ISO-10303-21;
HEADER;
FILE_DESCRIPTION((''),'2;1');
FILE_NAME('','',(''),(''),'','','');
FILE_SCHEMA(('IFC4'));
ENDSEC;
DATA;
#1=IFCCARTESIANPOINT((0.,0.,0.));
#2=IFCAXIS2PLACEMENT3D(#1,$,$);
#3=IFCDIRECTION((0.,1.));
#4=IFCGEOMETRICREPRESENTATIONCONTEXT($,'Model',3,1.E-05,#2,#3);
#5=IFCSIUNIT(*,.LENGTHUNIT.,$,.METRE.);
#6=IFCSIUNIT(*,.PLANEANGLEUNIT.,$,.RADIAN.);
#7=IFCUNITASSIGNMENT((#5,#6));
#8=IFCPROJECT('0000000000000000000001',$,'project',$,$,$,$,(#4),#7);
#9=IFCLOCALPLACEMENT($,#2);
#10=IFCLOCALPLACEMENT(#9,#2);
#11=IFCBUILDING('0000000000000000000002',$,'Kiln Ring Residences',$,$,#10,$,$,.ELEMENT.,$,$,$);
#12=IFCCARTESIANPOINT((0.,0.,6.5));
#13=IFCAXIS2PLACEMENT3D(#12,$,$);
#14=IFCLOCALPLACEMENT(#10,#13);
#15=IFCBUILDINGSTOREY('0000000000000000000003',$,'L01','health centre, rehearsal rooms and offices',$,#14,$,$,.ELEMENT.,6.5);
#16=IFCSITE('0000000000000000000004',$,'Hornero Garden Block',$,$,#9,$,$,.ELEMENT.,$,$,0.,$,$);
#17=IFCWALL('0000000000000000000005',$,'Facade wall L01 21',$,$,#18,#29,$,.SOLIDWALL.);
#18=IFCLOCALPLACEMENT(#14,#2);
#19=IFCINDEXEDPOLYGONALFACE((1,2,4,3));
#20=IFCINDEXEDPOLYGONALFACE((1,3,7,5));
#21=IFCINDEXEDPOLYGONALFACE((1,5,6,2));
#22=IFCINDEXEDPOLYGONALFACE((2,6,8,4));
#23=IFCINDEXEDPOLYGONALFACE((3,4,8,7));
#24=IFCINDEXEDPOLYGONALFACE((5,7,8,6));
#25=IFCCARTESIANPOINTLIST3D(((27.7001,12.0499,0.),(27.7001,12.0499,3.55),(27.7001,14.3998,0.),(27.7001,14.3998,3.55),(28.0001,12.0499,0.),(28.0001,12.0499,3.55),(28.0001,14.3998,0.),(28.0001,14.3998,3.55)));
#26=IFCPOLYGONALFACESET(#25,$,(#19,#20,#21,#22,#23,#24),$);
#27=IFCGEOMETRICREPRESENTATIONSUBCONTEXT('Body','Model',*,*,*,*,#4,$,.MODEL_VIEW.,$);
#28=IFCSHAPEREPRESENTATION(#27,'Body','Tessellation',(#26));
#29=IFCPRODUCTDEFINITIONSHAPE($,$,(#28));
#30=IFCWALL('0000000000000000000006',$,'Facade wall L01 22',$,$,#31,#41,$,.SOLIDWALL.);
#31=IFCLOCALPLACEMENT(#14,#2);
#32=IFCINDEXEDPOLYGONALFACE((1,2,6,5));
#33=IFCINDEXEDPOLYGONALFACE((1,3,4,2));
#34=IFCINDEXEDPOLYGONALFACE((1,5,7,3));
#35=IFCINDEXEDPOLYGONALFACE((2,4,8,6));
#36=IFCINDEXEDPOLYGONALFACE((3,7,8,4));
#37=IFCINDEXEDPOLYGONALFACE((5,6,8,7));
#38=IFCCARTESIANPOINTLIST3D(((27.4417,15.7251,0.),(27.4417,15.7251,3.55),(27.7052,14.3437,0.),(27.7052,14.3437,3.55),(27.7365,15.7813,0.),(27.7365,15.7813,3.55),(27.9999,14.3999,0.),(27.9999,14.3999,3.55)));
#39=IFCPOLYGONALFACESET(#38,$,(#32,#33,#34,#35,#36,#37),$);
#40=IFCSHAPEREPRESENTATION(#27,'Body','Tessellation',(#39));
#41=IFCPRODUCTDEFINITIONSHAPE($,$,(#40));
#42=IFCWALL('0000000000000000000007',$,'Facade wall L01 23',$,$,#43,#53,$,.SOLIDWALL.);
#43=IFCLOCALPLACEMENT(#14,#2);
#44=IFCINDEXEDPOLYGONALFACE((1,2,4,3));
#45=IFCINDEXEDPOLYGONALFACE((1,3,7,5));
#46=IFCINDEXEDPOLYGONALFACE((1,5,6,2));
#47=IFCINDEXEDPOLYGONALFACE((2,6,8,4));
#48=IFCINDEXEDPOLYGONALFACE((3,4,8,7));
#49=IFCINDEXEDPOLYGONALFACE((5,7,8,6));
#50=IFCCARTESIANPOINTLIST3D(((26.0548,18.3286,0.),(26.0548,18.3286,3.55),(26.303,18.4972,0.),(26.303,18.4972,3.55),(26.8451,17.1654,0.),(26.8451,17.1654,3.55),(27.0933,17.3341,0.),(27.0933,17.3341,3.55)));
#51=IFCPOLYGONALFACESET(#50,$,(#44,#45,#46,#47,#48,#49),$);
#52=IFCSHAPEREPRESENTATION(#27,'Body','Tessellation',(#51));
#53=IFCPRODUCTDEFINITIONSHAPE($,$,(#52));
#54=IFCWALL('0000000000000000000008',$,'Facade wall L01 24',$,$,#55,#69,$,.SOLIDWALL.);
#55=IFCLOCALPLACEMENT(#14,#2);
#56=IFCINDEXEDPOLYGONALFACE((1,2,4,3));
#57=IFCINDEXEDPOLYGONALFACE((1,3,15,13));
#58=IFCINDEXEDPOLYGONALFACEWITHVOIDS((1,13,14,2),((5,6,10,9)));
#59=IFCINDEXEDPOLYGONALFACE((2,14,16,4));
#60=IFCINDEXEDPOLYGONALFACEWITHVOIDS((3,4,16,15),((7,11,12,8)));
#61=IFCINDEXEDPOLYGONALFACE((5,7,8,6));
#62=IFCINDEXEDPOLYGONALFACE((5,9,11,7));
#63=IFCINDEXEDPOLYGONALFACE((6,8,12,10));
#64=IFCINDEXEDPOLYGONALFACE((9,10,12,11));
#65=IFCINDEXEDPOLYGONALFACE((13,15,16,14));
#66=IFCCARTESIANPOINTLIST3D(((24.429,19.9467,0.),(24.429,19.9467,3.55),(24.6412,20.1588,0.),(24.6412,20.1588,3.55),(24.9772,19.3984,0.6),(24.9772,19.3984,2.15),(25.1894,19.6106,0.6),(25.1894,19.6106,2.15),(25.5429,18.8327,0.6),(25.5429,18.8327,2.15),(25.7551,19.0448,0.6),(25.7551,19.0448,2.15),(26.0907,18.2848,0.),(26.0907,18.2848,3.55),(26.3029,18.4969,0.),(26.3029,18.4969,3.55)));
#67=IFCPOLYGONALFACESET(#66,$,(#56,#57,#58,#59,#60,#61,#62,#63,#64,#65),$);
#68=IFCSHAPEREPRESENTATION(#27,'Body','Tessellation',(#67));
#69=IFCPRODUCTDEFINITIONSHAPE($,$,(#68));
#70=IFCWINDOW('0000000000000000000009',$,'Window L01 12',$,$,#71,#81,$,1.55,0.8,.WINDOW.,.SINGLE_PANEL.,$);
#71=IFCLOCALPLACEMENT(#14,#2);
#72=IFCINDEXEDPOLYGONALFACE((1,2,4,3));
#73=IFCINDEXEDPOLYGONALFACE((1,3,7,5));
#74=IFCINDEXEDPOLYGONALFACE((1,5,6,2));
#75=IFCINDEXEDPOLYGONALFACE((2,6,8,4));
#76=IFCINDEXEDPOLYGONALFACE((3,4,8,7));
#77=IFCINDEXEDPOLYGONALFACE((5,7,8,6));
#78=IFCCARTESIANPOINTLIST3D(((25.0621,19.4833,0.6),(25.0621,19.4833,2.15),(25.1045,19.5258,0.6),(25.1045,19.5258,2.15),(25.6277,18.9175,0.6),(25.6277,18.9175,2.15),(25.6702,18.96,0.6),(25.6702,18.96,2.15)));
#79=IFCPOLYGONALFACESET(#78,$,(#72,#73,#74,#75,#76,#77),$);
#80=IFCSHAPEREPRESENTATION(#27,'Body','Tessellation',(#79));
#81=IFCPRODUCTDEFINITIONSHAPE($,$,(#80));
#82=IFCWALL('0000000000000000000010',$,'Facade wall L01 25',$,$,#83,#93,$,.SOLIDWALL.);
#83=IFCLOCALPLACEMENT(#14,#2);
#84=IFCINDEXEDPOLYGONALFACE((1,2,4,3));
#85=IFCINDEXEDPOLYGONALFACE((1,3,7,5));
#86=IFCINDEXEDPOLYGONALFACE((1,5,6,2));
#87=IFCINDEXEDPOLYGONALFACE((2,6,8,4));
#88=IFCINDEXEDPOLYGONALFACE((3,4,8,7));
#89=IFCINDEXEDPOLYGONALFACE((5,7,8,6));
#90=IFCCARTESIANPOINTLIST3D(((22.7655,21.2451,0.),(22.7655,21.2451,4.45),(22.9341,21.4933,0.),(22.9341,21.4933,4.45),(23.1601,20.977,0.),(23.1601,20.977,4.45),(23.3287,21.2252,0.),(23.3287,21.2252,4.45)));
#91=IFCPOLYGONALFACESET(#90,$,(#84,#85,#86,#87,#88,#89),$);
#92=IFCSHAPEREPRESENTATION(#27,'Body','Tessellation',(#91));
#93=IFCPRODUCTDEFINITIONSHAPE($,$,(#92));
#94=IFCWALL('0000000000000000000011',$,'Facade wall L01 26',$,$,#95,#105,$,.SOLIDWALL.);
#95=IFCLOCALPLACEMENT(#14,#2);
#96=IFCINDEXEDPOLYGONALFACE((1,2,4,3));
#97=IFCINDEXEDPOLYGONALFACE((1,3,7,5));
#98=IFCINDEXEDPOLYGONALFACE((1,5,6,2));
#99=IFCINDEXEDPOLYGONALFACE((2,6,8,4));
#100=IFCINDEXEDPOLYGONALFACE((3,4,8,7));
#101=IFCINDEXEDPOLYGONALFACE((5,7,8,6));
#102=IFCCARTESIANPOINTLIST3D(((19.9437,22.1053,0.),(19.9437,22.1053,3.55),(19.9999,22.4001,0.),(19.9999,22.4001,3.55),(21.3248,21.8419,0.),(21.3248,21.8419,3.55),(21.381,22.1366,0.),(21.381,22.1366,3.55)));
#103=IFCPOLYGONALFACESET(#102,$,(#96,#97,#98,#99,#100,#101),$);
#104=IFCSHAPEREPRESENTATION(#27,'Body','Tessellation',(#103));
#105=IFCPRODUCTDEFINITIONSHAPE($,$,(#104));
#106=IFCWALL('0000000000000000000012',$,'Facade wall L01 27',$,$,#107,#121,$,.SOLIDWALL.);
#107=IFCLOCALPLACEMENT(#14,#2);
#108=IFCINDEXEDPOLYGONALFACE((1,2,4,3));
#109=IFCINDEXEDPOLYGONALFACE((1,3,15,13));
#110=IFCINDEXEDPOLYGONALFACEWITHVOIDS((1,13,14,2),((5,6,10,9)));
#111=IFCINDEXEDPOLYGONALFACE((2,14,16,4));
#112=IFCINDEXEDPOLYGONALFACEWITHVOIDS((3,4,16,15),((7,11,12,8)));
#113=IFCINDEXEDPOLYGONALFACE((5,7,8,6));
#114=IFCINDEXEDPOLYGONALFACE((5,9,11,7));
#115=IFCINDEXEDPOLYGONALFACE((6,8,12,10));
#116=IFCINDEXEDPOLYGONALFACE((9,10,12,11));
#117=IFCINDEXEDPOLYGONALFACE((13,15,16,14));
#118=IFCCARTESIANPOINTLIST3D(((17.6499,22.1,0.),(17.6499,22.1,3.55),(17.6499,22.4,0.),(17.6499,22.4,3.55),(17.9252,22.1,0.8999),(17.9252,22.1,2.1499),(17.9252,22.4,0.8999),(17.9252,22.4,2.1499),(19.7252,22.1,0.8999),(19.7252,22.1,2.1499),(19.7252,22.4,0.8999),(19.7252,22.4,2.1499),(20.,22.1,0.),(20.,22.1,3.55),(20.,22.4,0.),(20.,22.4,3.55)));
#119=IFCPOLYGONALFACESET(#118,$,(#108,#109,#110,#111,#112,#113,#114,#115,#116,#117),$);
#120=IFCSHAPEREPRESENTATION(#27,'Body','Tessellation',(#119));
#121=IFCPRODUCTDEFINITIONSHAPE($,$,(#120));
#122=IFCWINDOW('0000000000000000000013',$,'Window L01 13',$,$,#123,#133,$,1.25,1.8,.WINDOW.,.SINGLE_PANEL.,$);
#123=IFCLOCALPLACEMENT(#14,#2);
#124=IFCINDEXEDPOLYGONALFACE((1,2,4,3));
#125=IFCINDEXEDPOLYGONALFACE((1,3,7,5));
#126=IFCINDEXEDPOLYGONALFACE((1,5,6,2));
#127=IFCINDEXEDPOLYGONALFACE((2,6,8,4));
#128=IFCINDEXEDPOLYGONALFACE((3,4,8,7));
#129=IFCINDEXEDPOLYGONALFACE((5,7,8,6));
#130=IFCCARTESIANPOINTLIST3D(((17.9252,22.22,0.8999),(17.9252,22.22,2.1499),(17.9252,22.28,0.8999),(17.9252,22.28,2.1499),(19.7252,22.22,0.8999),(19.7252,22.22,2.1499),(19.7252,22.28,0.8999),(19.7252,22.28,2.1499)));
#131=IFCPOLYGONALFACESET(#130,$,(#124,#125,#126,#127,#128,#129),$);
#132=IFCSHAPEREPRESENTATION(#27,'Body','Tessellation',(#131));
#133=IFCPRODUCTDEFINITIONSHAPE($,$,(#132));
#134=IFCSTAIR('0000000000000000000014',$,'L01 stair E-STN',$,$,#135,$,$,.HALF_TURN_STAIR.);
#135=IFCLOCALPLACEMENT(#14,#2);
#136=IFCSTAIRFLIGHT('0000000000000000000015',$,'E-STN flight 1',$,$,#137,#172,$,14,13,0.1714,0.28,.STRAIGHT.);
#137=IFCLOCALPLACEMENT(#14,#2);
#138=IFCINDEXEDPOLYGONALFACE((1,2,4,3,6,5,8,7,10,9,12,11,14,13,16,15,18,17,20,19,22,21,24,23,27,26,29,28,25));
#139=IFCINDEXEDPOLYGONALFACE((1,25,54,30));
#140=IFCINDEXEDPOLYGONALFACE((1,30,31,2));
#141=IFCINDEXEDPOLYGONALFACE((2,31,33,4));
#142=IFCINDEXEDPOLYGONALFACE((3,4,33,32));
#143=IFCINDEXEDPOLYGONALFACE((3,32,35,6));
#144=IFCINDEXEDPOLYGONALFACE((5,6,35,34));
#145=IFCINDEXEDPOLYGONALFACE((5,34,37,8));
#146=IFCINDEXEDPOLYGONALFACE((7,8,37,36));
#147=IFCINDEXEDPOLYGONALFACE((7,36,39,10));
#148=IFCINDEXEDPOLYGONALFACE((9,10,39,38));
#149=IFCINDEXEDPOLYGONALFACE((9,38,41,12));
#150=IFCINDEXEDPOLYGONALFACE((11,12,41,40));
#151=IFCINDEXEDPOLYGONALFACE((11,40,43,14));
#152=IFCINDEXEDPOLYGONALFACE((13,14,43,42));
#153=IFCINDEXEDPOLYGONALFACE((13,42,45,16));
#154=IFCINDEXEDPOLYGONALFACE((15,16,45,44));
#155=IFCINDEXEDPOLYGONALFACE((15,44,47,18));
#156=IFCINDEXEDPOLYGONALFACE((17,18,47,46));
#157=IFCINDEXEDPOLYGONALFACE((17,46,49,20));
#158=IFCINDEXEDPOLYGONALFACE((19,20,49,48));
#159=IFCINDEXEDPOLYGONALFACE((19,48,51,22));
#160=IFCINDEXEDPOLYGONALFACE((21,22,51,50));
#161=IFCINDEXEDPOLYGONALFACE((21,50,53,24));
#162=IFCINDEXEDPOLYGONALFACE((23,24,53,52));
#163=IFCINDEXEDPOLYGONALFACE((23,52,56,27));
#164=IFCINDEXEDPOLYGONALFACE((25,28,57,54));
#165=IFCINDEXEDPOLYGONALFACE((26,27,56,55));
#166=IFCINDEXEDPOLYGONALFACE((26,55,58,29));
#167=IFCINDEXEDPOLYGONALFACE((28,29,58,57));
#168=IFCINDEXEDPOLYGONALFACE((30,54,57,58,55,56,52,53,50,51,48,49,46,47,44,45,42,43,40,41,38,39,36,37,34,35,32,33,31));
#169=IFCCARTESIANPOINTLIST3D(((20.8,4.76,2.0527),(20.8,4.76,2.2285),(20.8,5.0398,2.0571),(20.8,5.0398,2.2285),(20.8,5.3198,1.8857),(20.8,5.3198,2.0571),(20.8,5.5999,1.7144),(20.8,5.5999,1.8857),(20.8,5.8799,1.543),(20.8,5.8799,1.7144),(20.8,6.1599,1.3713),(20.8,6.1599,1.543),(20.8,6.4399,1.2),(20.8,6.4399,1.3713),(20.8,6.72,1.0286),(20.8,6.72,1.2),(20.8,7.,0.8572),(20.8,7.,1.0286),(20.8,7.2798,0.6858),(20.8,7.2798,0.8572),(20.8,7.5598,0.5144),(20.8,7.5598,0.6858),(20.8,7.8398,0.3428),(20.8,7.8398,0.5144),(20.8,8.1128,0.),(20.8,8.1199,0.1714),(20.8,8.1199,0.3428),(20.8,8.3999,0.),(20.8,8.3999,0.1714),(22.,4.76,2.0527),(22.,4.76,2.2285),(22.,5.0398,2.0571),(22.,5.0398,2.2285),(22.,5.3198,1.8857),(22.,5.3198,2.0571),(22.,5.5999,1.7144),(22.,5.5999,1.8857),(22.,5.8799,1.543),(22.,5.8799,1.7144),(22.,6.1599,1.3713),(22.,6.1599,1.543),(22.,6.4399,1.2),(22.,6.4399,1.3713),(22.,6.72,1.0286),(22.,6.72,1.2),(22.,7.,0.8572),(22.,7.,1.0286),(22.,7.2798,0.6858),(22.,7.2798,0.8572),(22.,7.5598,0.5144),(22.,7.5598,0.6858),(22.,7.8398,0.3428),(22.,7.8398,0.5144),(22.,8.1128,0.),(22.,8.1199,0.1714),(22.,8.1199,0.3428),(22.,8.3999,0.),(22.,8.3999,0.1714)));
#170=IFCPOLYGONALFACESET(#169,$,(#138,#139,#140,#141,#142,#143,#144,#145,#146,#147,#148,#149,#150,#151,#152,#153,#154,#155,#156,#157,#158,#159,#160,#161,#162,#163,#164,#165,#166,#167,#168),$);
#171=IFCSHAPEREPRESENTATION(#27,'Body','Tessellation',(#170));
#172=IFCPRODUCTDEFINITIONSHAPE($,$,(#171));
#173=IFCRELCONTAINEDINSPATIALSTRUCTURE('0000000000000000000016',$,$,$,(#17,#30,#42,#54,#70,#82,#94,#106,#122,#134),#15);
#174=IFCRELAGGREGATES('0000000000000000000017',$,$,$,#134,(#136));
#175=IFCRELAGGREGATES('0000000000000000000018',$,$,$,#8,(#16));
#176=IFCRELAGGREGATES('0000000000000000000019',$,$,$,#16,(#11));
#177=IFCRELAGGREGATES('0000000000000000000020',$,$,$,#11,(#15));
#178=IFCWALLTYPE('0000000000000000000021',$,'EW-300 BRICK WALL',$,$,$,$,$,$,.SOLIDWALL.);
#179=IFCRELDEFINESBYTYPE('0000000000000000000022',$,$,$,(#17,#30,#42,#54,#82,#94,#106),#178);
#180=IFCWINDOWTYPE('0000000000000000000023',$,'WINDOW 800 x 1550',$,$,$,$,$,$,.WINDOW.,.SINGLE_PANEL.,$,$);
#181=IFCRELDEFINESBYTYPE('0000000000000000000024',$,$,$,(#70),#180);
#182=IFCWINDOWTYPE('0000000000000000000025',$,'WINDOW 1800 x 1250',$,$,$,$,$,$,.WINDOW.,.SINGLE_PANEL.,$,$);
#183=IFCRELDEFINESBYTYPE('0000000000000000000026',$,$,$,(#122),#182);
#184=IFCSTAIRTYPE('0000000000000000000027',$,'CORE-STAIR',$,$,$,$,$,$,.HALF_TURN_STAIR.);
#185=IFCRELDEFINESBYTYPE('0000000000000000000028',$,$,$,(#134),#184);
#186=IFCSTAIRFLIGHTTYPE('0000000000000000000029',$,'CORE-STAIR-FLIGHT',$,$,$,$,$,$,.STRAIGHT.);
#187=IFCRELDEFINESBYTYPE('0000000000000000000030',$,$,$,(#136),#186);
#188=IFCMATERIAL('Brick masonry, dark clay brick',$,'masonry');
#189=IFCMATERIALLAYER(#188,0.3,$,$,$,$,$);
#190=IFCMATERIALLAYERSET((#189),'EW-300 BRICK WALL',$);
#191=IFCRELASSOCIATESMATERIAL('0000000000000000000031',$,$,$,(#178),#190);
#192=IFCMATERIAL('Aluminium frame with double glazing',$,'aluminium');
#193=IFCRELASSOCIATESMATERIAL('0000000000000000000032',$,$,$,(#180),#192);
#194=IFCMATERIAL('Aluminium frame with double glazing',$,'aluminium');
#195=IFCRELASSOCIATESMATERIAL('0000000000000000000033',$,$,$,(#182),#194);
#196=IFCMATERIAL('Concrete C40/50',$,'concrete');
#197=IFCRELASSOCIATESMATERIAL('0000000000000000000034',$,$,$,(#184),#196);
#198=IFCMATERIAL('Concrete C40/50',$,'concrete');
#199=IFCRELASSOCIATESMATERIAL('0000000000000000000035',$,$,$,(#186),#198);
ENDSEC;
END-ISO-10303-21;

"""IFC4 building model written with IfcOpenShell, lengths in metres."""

from ifc_helpers import new_model, si_unit, direction, frame, frame_2d, origin, place, context, subcontext, project, spatial, polyline, rectangle, outline, extrude, material, layer, layer_set, type_object, element, fill, aggregate, save


model = new_model("IFC4")

# Units and contexts
model_context = context("Model", 3, precision=1e-05, world=origin(), true_north=direction((0.0, 1.0)))
body_context = subcontext(model_context, "Body", "Model", "MODEL_VIEW")
ifc_project = project(units=[si_unit("LENGTHUNIT", "METRE"), si_unit("PLANEANGLEUNIT", "RADIAN")], contexts=[model_context])

# Site, building, storey
site_placement = place(None, origin())
site = spatial("IfcSite", under=ifc_project, at=site_placement, Name="Hornero Garden Block", CompositionType="ELEMENT", RefElevation=0.0)
building_placement = place(site_placement, origin())
building = spatial("IfcBuilding", under=site, at=building_placement, Name="Kiln Ring Residences", CompositionType="ELEMENT")
storey_placement = place(building_placement, frame((0.0, 0.0, 6.5)))
storey = spatial("IfcBuildingStorey", under=building, at=storey_placement, Name="L01", Description="health centre, rehearsal rooms and offices", CompositionType="ELEMENT", Elevation=6.5)

# Walls
ifc_material_1 = material(Name="Brick masonry, dark clay brick", Category="masonry")
ifc_layer_1 = layer(ifc_material_1, 0.3)
ifc_layer_set_1 = layer_set([ifc_layer_1], Name="EW-300 BRICK WALL")
wall_type_1 = type_object("IfcWallType", Name="EW-300 BRICK WALL", PredefinedType="SOLIDWALL", material=ifc_layer_set_1)
wall_1_placement = place(storey_placement, frame((27.8501, 12.05, 0.0), z_axis=(0.0, 0.0, 1.0), x_axis=(0.0, 1.0, 0.0)))
element("IfcWall", 1, at=wall_1_placement, inside=storey, type_object=wall_type_1, Name="Facade wall L01 21", PredefinedType="SOLIDWALL", context=body_context, shape_type="SweptSolid", body=[
    extrude(rectangle(XDim=2.3499, YDim=0.3, at=frame_2d((1.1748, 0.0))), origin(), (0.0, 0.0, 1.0), 3.55),
])
for number, where, z_axis, x_axis, name in (
    (2, (27.8525, 14.3718, 0.0), (0.0, 0.0, 1.0), (-0.187328, 0.982298, 0.0), "Facade wall L01 22"),
    (3, (26.9692, 17.2498, 0.0), (0.0, 0.0, 1.0), (-0.562011, 0.82713, 0.0), "Facade wall L01 23"),
):
    element("IfcWall", number, at=place(storey_placement, frame(where, z_axis=z_axis, x_axis=x_axis)), inside=storey, type_object=wall_type_1, Name=name, PredefinedType="SOLIDWALL", context=body_context, shape_type="SweptSolid", body=[
        extrude(rectangle(XDim=1.4062, YDim=0.3, at=frame_2d((0.7031, 0.0))), origin(), (0.0, 0.0, 1.0), 3.55),
    ])

# Wall, opening, window
wall_2_placement = place(storey_placement, frame((26.1968, 18.3909, 0.0), z_axis=(0.0, 0.0, 1.0), x_axis=(-0.707055, 0.707159, 0.0)))
wall_2 = element("IfcWall", 4, at=wall_2_placement, inside=storey, type_object=wall_type_1, Name="Facade wall L01 24", PredefinedType="SOLIDWALL", context=body_context, shape_type="SweptSolid", body=[
    extrude(rectangle(XDim=2.3501, YDim=0.3, at=frame_2d((1.175, 0.0))), origin(), (0.0, 0.0, 1.0), 3.55),
])
opening_1_placement = place(wall_2_placement, frame((0.7749, 0.0, 0.6001)))
opening_1 = element("IfcOpeningElement", 5, at=opening_1_placement, cuts=wall_2, PredefinedType="OPENING", context=body_context, shape_type="SweptSolid", body=[
    extrude(rectangle(XDim=0.8, YDim=1.55, at=frame_2d((0.3999, 0.7749))), frame((0.0, 0.1599, 0.0), z_axis=(0.0, -1.0, 0.0), x_axis=(1.0, 0.0, 0.0)), (0.0, 0.0, 1.0), 0.3201),
])
ifc_material_2 = material(Name="Aluminium frame with double glazing", Category="aluminium")
window_type_1 = type_object("IfcWindowType", Name="WINDOW 800 x 1550", PartitioningType="SINGLE_PANEL", PredefinedType="WINDOW", material=ifc_material_2)
window_1_placement = place(opening_1_placement, origin())
window_1 = element("IfcWindow", 6, at=window_1_placement, inside=storey, type_object=window_type_1, Name="Window L01 12", OverallHeight=1.55, OverallWidth=0.8, PartitioningType="SINGLE_PANEL", PredefinedType="WINDOW", context=body_context, shape_type="SweptSolid", body=[
    extrude(rectangle(XDim=0.8, YDim=1.55, at=frame_2d((0.3999, 0.7749))), frame((0.0, 0.03, 0.0), z_axis=(0.0, -1.0, 0.0), x_axis=(1.0, 0.0, 0.0)), (0.0, 0.0, 1.0), 0.0601),
])
fill(opening_1, window_1)

# Walls
wall_3_placement = place(storey_placement, frame((23.2444, 21.1011, 0.0), z_axis=(0.0, 0.0, 1.0), x_axis=(-0.827136, 0.562002, 0.0)))
element("IfcWall", 7, at=wall_3_placement, inside=storey, type_object=wall_type_1, Name="Facade wall L01 25", PredefinedType="SOLIDWALL", context=body_context, shape_type="SweptSolid", body=[
    extrude(rectangle(XDim=0.4771, YDim=0.3, at=frame_2d((0.2385, 0.0))), origin(), (0.0, 0.0, 1.0), 4.45),
])
wall_4_placement = place(storey_placement, frame((21.353, 21.9893, 0.0), z_axis=(0.0, 0.0, 1.0), x_axis=(-0.982291, 0.187359, 0.0)))
element("IfcWall", 8, at=wall_4_placement, inside=storey, type_object=wall_type_1, Name="Facade wall L01 26", PredefinedType="SOLIDWALL", context=body_context, shape_type="SweptSolid", body=[
    extrude(rectangle(XDim=1.406, YDim=0.3, at=frame_2d((0.7031, 0.0))), origin(), (0.0, 0.0, 1.0), 3.55),
])

# Wall, opening, window
wall_5_placement = place(storey_placement, frame((20.0, 22.25, 0.0), z_axis=(0.0, 0.0, 1.0), x_axis=(-1.0, 0.0, 0.0)))
wall_5 = element("IfcWall", 9, at=wall_5_placement, inside=storey, type_object=wall_type_1, Name="Facade wall L01 27", PredefinedType="SOLIDWALL", context=body_context, shape_type="SweptSolid", body=[
    extrude(rectangle(XDim=2.3501, YDim=0.3, at=frame_2d((1.175, 0.0))), origin(), (0.0, 0.0, 1.0), 3.55),
])
opening_2_placement = place(wall_5_placement, frame((0.2749, 0.0, 0.8999)))
opening_2 = element("IfcOpeningElement", 10, at=opening_2_placement, cuts=wall_5, PredefinedType="OPENING", context=body_context, shape_type="SweptSolid", body=[
    extrude(rectangle(XDim=1.8, YDim=1.25, at=frame_2d((0.8999, 0.625))), frame((0.0, 0.1599, 0.0), z_axis=(0.0, -1.0, 0.0), x_axis=(1.0, 0.0, 0.0)), (0.0, 0.0, 1.0), 0.3201),
])
ifc_material_3 = material(Name="Aluminium frame with double glazing", Category="aluminium")
window_type_2 = type_object("IfcWindowType", Name="WINDOW 1800 x 1250", PartitioningType="SINGLE_PANEL", PredefinedType="WINDOW", material=ifc_material_3)
window_2_placement = place(opening_2_placement, origin())
window_2 = element("IfcWindow", 11, at=window_2_placement, inside=storey, type_object=window_type_2, Name="Window L01 13", OverallHeight=1.25, OverallWidth=1.8, PartitioningType="SINGLE_PANEL", PredefinedType="WINDOW", context=body_context, shape_type="SweptSolid", body=[
    extrude(rectangle(XDim=1.8, YDim=1.25, at=frame_2d((0.8999, 0.625))), frame((0.0, 0.03, 0.0), z_axis=(0.0, -1.0, 0.0), x_axis=(1.0, 0.0, 0.0)), (0.0, 0.0, 1.0), 0.0601),
])
fill(opening_2, window_2)

# Stair, stair flight
ifc_material_4 = material(Name="Concrete C40/50", Category="concrete")
stair_type = type_object("IfcStairType", Name="CORE-STAIR", PredefinedType="HALF_TURN_STAIR", material=ifc_material_4)
stair_placement = place(storey_placement, origin())
stair = element("IfcStair", 12, at=stair_placement, inside=storey, type_object=stair_type, Name="L01 stair E-STN", PredefinedType="HALF_TURN_STAIR")
ifc_material_5 = material(Name="Concrete C40/50", Category="concrete")
stair_flight_type = type_object("IfcStairFlightType", Name="CORE-STAIR-FLIGHT", PredefinedType="STRAIGHT", material=ifc_material_5)
stair_flight_placement = place(storey_placement, frame((21.3999, 8.3999, 0.0), z_axis=(0.0, 0.0, 1.0), x_axis=(0.0, -1.0, 0.0)))
stair_flight = element("IfcStairFlight", 13, at=stair_flight_placement, type_object=stair_flight_type, Name="E-STN flight 1", NumberOfRisers=14, NumberOfTreads=13, PredefinedType="STRAIGHT", RiserHeight=0.1714, TreadLength=0.28, context=body_context, shape_type="SweptSolid", body=[
    extrude(outline(polyline([(0.0, 0.0), (0.0, 0.1714), (0.28, 0.1714), (0.28, 0.3428), (0.5601, 0.3428), (0.5601, 0.5144), (0.8401, 0.5144), (0.8401, 0.6858), (1.1201, 0.6858), (1.1201, 0.8572), (1.3999, 0.8572), (1.3999, 1.0286), (1.6799, 1.0286), (1.6799, 1.2), (1.96, 1.2), (1.96, 1.3713), (2.24, 1.3713), (2.24, 1.543), (2.52, 1.543), (2.52, 1.7144), (2.8, 1.7144), (2.8, 1.8857), (3.0801, 1.8857), (3.0801, 2.0571), (3.3601, 2.0571), (3.3601, 2.2285), (3.6399, 2.2285), (3.6399, 2.3999), (3.6399, 2.0527), (0.2871, 0.0), (0.0, 0.0)])), frame((0.0, 0.6001, 0.0), z_axis=(0.0, -1.0, 0.0), x_axis=(1.0, 0.0, 0.0)), (0.0, 0.0, 1.0), 1.2),
])
aggregate(stair, [stair_flight])

save(model, "model.ifc")
